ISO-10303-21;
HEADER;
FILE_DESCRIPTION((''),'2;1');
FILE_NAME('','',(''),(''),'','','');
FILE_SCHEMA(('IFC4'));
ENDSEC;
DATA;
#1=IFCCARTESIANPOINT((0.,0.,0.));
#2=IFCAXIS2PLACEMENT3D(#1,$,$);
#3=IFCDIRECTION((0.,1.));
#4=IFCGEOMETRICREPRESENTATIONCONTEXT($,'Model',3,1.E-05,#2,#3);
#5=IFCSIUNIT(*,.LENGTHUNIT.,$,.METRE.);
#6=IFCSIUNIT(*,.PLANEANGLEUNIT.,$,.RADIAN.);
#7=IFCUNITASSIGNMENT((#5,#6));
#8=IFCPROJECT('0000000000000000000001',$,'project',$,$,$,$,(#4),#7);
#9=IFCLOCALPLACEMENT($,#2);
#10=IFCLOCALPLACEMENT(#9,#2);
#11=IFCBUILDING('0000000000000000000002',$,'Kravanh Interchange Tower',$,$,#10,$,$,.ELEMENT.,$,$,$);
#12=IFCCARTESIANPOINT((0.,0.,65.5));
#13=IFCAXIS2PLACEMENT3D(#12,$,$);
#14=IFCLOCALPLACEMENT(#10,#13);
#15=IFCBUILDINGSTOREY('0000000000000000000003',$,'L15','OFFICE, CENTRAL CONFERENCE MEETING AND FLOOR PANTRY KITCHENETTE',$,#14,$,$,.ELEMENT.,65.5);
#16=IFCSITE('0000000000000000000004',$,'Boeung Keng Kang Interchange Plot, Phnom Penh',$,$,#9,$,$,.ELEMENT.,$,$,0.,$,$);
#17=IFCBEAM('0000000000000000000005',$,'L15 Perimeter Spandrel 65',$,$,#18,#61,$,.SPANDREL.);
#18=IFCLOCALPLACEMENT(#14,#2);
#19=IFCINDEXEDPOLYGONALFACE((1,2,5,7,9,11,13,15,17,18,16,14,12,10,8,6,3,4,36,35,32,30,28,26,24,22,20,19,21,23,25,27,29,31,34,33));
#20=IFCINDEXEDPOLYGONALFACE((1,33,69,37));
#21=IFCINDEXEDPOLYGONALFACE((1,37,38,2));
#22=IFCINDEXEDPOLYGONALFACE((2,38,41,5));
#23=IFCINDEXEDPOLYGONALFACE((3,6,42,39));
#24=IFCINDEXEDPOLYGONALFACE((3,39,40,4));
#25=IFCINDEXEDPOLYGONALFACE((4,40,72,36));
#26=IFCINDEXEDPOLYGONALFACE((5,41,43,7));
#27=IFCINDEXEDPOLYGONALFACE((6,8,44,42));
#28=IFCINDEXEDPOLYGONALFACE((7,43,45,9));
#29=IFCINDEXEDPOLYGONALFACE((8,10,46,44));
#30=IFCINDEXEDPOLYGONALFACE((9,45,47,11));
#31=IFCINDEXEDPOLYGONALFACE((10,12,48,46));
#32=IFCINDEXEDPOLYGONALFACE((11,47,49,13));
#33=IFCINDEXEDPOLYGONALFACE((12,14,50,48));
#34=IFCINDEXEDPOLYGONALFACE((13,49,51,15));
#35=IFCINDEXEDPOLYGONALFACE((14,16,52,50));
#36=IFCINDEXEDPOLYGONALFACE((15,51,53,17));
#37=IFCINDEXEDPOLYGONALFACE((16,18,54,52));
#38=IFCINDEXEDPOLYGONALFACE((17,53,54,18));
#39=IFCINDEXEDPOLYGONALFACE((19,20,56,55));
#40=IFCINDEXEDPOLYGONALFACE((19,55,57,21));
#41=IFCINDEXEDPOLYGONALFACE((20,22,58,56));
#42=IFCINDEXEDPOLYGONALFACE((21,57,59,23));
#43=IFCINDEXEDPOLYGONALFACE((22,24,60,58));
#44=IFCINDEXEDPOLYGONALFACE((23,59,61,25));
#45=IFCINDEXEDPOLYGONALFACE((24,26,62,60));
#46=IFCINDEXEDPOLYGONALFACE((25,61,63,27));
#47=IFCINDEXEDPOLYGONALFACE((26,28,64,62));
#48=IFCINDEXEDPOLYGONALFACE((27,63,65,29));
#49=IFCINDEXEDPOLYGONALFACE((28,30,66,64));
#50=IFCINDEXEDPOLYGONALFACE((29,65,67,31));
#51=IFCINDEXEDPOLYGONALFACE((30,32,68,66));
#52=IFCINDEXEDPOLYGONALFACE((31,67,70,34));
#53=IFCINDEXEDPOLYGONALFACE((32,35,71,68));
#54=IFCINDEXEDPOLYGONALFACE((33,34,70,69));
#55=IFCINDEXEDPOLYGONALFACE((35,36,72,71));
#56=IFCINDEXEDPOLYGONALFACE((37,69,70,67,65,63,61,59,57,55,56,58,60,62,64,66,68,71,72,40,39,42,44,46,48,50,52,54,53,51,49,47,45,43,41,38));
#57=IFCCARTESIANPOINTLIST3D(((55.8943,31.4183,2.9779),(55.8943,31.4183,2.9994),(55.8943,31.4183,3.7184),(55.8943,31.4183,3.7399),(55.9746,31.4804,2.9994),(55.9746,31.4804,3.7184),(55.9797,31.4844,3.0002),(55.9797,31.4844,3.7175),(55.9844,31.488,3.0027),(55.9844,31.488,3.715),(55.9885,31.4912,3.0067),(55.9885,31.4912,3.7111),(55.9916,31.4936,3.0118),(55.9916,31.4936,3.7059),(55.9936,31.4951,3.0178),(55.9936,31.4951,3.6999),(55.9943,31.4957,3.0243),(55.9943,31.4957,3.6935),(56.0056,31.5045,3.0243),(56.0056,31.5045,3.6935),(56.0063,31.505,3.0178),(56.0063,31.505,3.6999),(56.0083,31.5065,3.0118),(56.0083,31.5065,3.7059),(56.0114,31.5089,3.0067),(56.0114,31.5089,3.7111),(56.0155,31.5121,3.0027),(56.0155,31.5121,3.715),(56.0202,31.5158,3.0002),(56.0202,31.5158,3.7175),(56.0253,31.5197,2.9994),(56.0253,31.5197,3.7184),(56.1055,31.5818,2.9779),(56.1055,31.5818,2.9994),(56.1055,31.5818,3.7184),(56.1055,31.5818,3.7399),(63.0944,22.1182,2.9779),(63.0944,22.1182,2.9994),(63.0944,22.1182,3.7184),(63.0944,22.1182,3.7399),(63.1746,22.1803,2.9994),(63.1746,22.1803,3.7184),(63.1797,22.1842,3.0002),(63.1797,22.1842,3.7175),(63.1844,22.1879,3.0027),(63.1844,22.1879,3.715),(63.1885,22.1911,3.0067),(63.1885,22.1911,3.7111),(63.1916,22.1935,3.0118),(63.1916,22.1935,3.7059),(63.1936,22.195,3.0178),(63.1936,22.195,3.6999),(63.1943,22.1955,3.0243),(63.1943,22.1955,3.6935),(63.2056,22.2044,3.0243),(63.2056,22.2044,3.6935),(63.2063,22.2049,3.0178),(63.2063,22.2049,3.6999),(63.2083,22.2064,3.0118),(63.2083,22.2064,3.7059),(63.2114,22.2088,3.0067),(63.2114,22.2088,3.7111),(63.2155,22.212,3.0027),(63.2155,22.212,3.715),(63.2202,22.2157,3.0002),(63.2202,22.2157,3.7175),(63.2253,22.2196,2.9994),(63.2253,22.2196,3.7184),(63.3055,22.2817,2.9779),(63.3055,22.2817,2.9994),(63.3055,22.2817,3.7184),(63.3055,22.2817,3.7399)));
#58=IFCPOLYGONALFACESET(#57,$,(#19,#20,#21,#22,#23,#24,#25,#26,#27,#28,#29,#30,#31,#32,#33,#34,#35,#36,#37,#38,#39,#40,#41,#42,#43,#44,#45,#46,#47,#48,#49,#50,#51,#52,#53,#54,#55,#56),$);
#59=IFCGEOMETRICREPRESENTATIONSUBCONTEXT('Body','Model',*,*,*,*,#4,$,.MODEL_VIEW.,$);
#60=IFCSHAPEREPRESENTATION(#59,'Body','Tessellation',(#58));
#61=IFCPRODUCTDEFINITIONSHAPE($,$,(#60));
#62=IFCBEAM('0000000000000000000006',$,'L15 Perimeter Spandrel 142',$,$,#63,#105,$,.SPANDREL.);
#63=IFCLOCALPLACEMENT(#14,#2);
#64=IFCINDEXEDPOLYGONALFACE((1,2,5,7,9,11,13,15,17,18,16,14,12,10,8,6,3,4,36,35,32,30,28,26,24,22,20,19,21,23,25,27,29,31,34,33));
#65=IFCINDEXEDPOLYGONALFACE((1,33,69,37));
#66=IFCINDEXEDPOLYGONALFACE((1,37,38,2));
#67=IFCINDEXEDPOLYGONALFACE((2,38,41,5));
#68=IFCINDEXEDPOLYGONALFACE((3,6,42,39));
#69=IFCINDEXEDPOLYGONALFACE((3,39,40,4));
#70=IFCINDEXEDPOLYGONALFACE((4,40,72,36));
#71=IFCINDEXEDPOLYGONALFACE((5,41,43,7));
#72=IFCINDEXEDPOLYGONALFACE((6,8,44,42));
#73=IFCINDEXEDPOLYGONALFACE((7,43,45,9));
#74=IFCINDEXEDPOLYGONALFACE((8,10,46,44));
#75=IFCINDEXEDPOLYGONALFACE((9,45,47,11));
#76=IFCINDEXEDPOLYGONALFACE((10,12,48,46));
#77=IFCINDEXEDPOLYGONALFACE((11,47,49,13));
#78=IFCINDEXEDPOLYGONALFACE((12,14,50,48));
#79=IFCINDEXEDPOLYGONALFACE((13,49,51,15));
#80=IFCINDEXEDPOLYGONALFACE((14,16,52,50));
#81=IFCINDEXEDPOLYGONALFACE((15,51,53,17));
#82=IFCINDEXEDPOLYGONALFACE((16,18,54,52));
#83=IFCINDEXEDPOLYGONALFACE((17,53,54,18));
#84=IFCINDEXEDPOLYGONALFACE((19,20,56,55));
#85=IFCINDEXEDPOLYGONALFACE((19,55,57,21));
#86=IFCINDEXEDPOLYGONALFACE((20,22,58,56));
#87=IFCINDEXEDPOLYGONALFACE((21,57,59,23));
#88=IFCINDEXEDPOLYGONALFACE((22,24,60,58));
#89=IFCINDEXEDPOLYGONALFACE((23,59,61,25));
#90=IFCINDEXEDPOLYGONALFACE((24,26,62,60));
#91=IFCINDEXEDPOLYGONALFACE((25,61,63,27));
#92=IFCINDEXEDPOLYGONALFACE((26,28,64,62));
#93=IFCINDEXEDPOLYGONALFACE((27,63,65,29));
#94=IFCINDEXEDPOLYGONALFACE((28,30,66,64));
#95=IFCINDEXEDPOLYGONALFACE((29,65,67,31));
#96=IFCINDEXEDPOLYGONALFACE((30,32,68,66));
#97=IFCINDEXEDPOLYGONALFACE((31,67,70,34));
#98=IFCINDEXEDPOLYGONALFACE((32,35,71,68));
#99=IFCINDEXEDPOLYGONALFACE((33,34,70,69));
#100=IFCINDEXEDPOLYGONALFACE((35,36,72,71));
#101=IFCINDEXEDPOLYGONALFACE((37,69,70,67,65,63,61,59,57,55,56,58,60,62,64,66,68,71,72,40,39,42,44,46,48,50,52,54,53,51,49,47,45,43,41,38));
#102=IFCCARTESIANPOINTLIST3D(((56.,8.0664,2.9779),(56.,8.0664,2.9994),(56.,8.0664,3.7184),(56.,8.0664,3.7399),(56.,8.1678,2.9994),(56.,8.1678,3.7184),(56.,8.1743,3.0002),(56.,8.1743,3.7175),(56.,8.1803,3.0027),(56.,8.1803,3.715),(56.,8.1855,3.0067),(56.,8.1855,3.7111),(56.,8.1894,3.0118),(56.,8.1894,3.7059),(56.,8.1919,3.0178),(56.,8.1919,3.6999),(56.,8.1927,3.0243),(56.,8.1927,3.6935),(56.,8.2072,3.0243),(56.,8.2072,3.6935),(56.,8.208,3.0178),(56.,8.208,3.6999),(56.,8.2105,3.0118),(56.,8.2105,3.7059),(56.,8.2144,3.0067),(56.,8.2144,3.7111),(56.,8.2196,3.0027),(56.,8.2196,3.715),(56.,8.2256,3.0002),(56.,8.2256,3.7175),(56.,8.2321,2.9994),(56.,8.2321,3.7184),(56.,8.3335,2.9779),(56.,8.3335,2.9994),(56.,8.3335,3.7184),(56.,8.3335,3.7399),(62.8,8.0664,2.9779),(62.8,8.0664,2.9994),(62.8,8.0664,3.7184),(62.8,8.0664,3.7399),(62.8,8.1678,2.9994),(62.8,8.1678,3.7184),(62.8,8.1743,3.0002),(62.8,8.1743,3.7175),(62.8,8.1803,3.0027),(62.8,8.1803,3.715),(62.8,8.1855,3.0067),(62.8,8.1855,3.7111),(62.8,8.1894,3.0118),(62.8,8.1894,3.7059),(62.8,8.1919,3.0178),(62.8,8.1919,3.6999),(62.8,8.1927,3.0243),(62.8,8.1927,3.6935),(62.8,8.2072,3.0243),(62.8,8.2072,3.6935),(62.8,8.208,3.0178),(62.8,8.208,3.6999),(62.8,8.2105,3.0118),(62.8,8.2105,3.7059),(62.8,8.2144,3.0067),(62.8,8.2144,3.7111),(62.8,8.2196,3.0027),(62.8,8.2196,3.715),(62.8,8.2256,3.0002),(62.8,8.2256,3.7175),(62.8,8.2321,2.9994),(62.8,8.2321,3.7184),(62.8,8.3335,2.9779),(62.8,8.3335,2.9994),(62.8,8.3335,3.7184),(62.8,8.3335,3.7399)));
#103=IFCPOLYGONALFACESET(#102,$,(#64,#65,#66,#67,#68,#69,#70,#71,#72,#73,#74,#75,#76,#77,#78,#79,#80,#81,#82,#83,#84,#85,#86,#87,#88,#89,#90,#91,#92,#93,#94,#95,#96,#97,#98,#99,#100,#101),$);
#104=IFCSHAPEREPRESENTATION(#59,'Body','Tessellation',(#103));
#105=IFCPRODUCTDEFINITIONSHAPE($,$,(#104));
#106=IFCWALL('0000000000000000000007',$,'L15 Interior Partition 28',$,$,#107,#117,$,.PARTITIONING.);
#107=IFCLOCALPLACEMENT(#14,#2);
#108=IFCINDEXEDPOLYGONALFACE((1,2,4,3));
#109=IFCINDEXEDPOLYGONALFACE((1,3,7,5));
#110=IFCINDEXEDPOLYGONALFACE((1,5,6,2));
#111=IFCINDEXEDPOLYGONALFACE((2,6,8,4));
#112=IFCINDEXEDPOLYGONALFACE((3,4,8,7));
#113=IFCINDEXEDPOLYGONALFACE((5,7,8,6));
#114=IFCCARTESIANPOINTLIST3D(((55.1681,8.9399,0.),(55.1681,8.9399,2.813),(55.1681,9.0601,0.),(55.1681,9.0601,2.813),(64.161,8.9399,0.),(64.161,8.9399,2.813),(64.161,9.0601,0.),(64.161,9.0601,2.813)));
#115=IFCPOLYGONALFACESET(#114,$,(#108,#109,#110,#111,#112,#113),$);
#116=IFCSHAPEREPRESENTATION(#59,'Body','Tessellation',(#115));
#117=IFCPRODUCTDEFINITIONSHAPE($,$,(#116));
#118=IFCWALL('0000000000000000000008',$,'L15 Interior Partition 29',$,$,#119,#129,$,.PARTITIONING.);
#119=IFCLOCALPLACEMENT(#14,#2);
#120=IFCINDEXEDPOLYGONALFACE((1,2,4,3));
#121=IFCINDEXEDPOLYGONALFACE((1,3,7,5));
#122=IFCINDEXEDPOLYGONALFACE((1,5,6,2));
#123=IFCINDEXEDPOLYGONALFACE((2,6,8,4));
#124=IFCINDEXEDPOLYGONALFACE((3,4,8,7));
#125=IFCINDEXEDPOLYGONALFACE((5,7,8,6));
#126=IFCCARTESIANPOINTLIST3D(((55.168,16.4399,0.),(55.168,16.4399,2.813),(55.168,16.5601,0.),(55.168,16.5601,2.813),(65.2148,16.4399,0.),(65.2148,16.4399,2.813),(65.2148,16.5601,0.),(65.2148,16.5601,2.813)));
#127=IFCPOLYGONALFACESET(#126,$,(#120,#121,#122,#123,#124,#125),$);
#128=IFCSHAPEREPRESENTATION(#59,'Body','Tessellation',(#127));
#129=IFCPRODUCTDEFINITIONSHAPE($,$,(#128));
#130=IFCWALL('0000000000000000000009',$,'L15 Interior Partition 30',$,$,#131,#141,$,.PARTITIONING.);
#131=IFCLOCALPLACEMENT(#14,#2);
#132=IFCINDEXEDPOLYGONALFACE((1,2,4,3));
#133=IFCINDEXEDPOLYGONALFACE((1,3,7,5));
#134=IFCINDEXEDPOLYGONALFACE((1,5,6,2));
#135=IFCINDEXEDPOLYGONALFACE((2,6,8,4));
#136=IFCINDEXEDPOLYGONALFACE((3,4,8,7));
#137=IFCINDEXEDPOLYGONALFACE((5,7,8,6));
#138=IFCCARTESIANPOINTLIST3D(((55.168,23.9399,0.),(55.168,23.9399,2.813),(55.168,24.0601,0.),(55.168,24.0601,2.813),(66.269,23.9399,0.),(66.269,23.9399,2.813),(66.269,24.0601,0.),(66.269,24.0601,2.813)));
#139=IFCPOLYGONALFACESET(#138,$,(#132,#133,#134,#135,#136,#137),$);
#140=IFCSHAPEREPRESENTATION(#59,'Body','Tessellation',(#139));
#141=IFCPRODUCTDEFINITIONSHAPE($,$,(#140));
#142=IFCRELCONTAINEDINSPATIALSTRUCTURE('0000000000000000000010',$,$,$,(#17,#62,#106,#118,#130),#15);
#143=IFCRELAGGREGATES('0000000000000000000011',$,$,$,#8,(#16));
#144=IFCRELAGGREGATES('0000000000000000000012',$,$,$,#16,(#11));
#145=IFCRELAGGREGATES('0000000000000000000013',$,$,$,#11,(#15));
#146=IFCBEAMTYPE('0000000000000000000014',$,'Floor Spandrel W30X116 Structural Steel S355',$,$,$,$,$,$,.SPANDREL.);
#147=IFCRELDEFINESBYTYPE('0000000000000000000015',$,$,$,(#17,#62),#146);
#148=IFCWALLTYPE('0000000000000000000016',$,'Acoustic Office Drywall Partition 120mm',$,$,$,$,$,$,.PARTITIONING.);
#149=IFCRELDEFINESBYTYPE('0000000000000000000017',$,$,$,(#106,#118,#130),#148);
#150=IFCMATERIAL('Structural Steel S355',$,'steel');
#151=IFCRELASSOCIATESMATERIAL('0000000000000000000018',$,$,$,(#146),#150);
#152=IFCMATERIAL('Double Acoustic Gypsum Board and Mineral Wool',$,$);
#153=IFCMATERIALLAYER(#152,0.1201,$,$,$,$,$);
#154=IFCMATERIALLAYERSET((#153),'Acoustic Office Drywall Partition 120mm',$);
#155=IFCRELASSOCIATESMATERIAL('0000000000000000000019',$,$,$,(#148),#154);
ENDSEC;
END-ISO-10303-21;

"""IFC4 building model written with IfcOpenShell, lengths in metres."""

from ifc_helpers import new_model, si_unit, direction, frame, frame_2d, origin, origin_2d, place, context, subcontext, project, spatial, rectangle, i_section, extrude, material, layer, layer_set, material_profile, profile_set, type_object, element, save


model = new_model("IFC4")

# Units and contexts
model_context = context("Model", 3, precision=1e-05, world=origin(), true_north=direction((0.0, 1.0)))
body_context = subcontext(model_context, "Body", "Model", "MODEL_VIEW")
ifc_project = project(units=[si_unit("LENGTHUNIT", "METRE"), si_unit("PLANEANGLEUNIT", "RADIAN")], contexts=[model_context])

# Site, building, storey
site_placement = place(None, origin())
site = spatial("IfcSite", under=ifc_project, at=site_placement, Name="Boeung Keng Kang Interchange Plot, Phnom Penh", CompositionType="ELEMENT", RefElevation=0.0)
building_placement = place(site_placement, origin())
building = spatial("IfcBuilding", under=site, at=building_placement, Name="Kravanh Interchange Tower", CompositionType="ELEMENT")
storey_placement = place(building_placement, frame((0.0, 0.0, 65.5)))
storey = spatial("IfcBuildingStorey", under=building, at=storey_placement, Name="L15", Description="OFFICE, CENTRAL CONFERENCE MEETING AND FLOOR PANTRY KITCHENETTE", CompositionType="ELEMENT", Elevation=65.5)

# Beams
ifc_material_1 = material(Name="Structural Steel S355", Category="steel")
ifc_material_profile_1 = material_profile(ifc_material_1, i_section(OverallWidth=0.2671, OverallDepth=0.762, WebThickness=0.0144, FlangeThickness=0.0215, FilletRadius=0.0249, at=origin_2d()), Name="W30X116")
ifc_profile_set_1 = profile_set([ifc_material_profile_1], Name="Structural Steel S355")
beam_type_1 = type_object("IfcBeamType", Name="Floor Spandrel W30X116 Structural Steel S355", PredefinedType="SPANDREL", material=ifc_profile_set_1)
beam_1_placement = place(storey_placement, frame((63.2, 22.2, 3.3589), z_axis=(-0.612169, 0.790727, 0.0), x_axis=(-0.790727, -0.612169, 0.0)))
element("IfcBeam", 1, at=beam_1_placement, inside=storey, type_object=beam_type_1, Name="L15 Perimeter Spandrel 65", PredefinedType="SPANDREL", context=body_context, shape_type="SweptSolid", body=[
    extrude(i_section(OverallWidth=0.2671, OverallDepth=0.762, WebThickness=0.0144, FlangeThickness=0.0215, FilletRadius=0.0249, at=origin_2d()), origin(), (0.0, 0.0, 1.0), 11.7615),
])
beam_2_placement = place(storey_placement, frame((56.0, 8.2, 3.3589), z_axis=(1.0, 0.0, 0.0), x_axis=(0.0, 1.0, 0.0)))
element("IfcBeam", 2, at=beam_2_placement, inside=storey, type_object=beam_type_1, Name="L15 Perimeter Spandrel 142", PredefinedType="SPANDREL", context=body_context, shape_type="SweptSolid", body=[
    extrude(i_section(OverallWidth=0.2671, OverallDepth=0.762, WebThickness=0.0144, FlangeThickness=0.0215, FilletRadius=0.0249, at=origin_2d()), origin(), (0.0, 0.0, 1.0), 6.8),
])

# Walls
ifc_material_2 = material(Name="Double Acoustic Gypsum Board and Mineral Wool")
ifc_layer_1 = layer(ifc_material_2, 0.1201)
ifc_layer_set_1 = layer_set([ifc_layer_1], Name="Acoustic Office Drywall Partition 120mm")
wall_type = type_object("IfcWallType", Name="Acoustic Office Drywall Partition 120mm", PredefinedType="PARTITIONING", material=ifc_layer_set_1)
wall_1_placement = place(storey_placement, frame((55.168, 9.0, 0.0), z_axis=(0.0, 0.0, 1.0), x_axis=(1.0, 0.0, 0.0)))
element("IfcWall", 3, at=wall_1_placement, inside=storey, type_object=wall_type, Name="L15 Interior Partition 28", PredefinedType="PARTITIONING", context=body_context, shape_type="SweptSolid", body=[
    extrude(rectangle(XDim=8.9929, YDim=0.1201, at=frame_2d((4.4966, 0.0))), origin(), (0.0, 0.0, 1.0), 2.813),
])
wall_2_placement = place(storey_placement, frame((55.168, 16.5, 0.0), z_axis=(0.0, 0.0, 1.0), x_axis=(1.0, 0.0, 0.0)))
element("IfcWall", 4, at=wall_2_placement, inside=storey, type_object=wall_type, Name="L15 Interior Partition 29", PredefinedType="PARTITIONING", context=body_context, shape_type="SweptSolid", body=[
    extrude(rectangle(XDim=10.0469, YDim=0.1201, at=frame_2d((5.0234, 0.0))), origin(), (0.0, 0.0, 1.0), 2.813),
])
wall_3_placement = place(storey_placement, frame((55.168, 24.0, 0.0), z_axis=(0.0, 0.0, 1.0), x_axis=(1.0, 0.0, 0.0)))
element("IfcWall", 5, at=wall_3_placement, inside=storey, type_object=wall_type, Name="L15 Interior Partition 30", PredefinedType="PARTITIONING", context=body_context, shape_type="SweptSolid", body=[
    extrude(rectangle(XDim=11.1011, YDim=0.1201, at=frame_2d((5.5505, 0.0))), origin(), (0.0, 0.0, 1.0), 2.813),
])

save(model, "model.ifc")
